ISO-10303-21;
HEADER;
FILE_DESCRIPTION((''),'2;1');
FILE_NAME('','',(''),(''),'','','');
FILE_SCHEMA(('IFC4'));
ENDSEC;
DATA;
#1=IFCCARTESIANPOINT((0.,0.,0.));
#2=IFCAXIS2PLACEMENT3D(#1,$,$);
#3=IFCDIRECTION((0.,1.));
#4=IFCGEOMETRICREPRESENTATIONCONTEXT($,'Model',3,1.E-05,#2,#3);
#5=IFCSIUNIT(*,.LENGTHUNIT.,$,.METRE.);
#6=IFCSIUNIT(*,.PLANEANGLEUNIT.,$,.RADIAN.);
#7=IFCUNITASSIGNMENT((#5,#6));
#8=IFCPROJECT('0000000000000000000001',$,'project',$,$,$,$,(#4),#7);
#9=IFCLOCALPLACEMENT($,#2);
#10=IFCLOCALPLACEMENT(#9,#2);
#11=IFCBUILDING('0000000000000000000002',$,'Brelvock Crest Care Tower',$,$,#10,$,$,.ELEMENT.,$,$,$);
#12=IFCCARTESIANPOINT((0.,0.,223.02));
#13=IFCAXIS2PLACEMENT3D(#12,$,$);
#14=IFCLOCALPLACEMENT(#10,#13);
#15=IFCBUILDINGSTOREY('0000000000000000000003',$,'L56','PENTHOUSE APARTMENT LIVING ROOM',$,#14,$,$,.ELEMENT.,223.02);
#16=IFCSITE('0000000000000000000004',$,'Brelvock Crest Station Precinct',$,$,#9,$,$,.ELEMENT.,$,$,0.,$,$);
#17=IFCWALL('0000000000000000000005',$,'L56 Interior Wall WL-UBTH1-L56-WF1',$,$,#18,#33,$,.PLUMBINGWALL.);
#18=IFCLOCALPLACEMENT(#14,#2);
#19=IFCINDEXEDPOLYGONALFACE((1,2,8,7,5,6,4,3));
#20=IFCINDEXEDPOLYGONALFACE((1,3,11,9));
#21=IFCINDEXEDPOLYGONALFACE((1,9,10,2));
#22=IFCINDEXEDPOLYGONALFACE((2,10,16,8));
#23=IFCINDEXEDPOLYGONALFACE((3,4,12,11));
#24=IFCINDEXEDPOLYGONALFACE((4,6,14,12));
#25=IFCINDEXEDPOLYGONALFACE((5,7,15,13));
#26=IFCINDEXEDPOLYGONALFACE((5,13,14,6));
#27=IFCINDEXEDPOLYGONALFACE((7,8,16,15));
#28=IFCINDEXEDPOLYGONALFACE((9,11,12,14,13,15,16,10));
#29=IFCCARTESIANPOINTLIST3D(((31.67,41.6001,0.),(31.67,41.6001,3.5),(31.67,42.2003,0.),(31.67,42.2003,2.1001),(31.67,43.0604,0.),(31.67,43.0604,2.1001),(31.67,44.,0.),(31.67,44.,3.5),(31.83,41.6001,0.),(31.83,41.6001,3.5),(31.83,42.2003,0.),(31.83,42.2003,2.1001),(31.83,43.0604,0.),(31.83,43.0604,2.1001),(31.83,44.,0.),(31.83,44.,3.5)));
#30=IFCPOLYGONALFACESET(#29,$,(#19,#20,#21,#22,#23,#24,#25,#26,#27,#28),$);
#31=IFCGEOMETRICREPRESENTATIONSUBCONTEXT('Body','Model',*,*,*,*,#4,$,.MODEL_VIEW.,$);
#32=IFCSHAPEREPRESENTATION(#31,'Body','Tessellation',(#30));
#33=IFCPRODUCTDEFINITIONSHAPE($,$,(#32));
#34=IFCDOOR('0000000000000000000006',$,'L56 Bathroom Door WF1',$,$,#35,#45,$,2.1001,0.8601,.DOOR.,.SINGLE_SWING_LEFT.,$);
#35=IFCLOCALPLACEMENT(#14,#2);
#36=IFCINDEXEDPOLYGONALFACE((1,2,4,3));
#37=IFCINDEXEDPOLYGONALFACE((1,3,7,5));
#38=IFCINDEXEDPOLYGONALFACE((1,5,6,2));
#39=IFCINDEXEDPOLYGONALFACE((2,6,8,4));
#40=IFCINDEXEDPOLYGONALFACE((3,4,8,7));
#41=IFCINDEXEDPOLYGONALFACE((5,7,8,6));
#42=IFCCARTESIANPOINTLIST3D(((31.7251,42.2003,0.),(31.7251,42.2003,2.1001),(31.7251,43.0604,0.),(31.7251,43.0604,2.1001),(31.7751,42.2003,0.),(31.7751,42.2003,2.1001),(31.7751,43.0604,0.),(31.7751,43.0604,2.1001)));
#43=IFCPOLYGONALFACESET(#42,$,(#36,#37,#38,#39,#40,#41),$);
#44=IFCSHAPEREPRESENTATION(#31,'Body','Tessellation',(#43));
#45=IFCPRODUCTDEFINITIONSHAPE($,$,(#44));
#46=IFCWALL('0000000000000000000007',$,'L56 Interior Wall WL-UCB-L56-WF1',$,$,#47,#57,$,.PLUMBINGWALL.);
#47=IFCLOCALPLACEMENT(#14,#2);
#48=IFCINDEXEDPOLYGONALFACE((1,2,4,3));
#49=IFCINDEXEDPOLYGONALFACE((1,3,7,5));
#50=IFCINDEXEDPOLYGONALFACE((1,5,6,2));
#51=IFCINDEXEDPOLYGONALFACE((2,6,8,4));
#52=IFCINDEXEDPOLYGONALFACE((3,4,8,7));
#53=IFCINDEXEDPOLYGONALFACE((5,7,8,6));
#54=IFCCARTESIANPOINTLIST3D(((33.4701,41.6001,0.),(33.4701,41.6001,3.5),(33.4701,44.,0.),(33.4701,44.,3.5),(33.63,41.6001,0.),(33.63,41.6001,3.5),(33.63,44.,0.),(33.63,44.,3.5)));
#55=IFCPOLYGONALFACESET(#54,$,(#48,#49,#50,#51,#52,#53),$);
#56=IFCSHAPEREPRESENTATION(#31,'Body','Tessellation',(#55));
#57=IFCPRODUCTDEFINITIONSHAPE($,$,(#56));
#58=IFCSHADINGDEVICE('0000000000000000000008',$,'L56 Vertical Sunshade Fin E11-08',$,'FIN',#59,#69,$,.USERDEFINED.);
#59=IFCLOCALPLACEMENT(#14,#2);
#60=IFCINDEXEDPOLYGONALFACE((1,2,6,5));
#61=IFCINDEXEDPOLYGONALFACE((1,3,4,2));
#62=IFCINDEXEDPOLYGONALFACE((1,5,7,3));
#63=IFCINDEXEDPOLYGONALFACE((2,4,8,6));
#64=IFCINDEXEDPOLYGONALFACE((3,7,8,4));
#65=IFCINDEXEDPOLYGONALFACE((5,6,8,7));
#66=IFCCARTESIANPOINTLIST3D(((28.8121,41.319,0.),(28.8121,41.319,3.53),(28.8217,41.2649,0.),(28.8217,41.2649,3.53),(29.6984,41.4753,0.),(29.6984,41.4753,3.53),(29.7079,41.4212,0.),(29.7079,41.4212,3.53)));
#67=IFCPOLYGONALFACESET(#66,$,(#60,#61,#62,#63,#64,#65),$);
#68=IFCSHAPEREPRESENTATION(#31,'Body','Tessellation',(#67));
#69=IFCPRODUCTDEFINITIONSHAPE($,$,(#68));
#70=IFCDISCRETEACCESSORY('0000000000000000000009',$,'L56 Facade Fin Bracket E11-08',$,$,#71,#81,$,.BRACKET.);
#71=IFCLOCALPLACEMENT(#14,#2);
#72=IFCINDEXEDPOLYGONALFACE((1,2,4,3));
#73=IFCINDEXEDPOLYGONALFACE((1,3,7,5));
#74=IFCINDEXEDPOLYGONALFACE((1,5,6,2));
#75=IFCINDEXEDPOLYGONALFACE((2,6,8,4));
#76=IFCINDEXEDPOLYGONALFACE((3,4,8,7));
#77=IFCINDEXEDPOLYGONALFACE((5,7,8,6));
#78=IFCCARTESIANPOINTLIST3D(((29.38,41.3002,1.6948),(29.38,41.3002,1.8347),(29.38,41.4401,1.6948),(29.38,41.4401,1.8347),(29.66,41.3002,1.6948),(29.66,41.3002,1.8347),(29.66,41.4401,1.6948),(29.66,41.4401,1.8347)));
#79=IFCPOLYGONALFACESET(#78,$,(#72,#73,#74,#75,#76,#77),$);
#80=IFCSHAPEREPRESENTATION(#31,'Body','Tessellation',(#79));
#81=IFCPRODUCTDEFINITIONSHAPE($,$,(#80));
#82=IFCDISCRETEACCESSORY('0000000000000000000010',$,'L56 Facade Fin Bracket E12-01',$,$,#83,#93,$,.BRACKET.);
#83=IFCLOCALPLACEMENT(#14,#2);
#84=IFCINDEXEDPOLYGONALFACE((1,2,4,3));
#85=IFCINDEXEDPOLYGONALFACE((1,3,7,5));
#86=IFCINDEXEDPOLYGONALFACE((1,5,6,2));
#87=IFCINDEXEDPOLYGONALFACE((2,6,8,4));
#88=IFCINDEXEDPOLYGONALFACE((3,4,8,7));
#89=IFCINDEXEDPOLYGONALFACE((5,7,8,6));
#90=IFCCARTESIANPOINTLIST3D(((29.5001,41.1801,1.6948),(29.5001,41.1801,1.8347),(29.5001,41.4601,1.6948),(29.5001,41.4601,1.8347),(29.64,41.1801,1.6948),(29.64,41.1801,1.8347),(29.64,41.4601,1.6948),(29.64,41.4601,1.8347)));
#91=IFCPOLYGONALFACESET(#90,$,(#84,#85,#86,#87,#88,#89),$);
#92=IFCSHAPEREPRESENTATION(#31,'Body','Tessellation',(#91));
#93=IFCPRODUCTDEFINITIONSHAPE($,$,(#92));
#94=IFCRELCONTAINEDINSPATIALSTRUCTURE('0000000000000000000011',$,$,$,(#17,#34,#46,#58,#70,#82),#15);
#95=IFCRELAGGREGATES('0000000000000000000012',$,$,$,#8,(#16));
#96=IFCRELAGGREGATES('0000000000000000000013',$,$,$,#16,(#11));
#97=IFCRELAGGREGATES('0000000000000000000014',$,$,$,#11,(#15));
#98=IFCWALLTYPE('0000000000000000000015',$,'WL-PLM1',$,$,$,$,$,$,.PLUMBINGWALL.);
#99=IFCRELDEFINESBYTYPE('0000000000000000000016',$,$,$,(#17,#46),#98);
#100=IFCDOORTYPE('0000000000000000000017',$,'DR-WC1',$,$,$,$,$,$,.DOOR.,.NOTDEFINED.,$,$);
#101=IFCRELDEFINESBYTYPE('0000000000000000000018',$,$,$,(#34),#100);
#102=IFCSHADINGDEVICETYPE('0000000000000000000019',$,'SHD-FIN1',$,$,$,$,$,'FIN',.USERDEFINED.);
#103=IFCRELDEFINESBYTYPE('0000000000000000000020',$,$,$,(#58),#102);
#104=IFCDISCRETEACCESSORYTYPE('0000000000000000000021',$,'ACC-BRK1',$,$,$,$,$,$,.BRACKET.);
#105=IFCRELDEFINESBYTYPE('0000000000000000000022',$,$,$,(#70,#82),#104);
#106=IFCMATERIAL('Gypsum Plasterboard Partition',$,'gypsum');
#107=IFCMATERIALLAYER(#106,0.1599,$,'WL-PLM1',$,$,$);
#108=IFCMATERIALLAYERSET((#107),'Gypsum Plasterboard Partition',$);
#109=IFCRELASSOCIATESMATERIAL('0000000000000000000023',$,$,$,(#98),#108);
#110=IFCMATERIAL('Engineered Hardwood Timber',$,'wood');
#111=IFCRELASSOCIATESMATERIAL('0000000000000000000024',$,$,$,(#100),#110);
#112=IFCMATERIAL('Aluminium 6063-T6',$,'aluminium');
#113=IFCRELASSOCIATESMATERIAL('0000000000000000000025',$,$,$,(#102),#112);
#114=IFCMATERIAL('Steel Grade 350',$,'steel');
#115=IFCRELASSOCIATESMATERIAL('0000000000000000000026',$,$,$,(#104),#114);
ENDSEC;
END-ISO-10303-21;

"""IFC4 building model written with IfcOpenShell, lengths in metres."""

from ifc_helpers import new_model, si_unit, direction, frame, frame_2d, origin, origin_2d, place, context, subcontext, project, spatial, rectangle, extrude, source, transform, mapped, material, layer, layer_set, material_profile, profile_set, type_object, element, fill, save


model = new_model("IFC4")

# Units and contexts
model_context = context("Model", 3, precision=1e-05, world=origin(), true_north=direction((0.0, 1.0)))
body_context = subcontext(model_context, "Body", "Model", "MODEL_VIEW")
ifc_project = project(units=[si_unit("LENGTHUNIT", "METRE"), si_unit("PLANEANGLEUNIT", "RADIAN")], contexts=[model_context])

# Site, building, storey
site_placement = place(None, origin())
site = spatial("IfcSite", under=ifc_project, at=site_placement, Name="Brelvock Crest Station Precinct", CompositionType="ELEMENT", RefElevation=0.0)
building_placement = place(site_placement, origin())
building = spatial("IfcBuilding", under=site, at=building_placement, Name="Brelvock Crest Care Tower", CompositionType="ELEMENT")
storey_placement = place(building_placement, frame((0.0, 0.0, 223.02)))
storey = spatial("IfcBuildingStorey", under=building, at=storey_placement, Name="L56", Description="PENTHOUSE APARTMENT LIVING ROOM", CompositionType="ELEMENT", Elevation=223.02)

# Shared definitions
ifc_material_1 = material(Name="Steel Grade 350", Category="steel")

# Shared definitions
ifc_material_2 = material(Name="Aluminium 6063-T6", Category="aluminium")

# Shared definitions
ifc_material_3 = material(Name="Engineered Hardwood Timber", Category="wood")

# Shared definitions
ifc_material_4 = material(Name="Gypsum Plasterboard Partition", Category="gypsum")
ifc_layer_1 = layer(ifc_material_4, 0.1599, Name="WL-PLM1")
ifc_layer_set_1 = layer_set([ifc_layer_1], Name="Gypsum Plasterboard Partition")
wall_type_1 = type_object("IfcWallType", Name="WL-PLM1", PredefinedType="PLUMBINGWALL", material=ifc_layer_set_1)

# Wall, opening, door
wall_1_placement = place(storey_placement, frame((31.75, 41.6001, 0.0), z_axis=(0.0, 0.0, 1.0), x_axis=(0.0, 1.0, 0.0)))
wall_1 = element("IfcWall", 1, at=wall_1_placement, inside=storey, type_object=wall_type_1, Name="L56 Interior Wall WL-UBTH1-L56-WF1", PredefinedType="PLUMBINGWALL", context=body_context, shape_type="SweptSolid", body=[
    extrude(rectangle(XDim=2.3999, YDim=0.1599, at=frame_2d((1.2, 0.0))), origin(), (0.0, 0.0, 1.0), 3.5),
])
opening_1_placement = place(wall_1_placement, frame((0.6001, 0.0, 0.0)))
opening_1 = element("IfcOpeningElement", 2, at=opening_1_placement, cuts=wall_1, PredefinedType="OPENING", context=body_context, shape_type="SweptSolid", body=[
    extrude(rectangle(XDim=0.8601, YDim=2.1001, at=origin_2d()), frame((0.4302, 0.0898, 1.05), z_axis=(0.0, -1.0, 0.0), x_axis=(1.0, 0.0, 0.0)), (0.0, 0.0, 1.0), 0.1799),
])
door_type_1 = type_object("IfcDoorType", Name="DR-WC1", OperationType="NOTDEFINED", PredefinedType="DOOR", material=ifc_material_3)
shared_shape_1 = source(origin(), body_context, "Body", "SweptSolid", [
    extrude(rectangle(XDim=0.8601, YDim=2.1001, at=origin_2d()), frame((0.4302, 0.0249, 1.05), z_axis=(0.0, -1.0, 0.0), x_axis=(1.0, 0.0, 0.0)), (0.0, 0.0, 1.0), 0.05),
])
door_1_placement = place(opening_1_placement, origin())
door_1 = element("IfcDoor", 3, at=door_1_placement, inside=storey, type_object=door_type_1, Name="L56 Bathroom Door WF1", OperationType="SINGLE_SWING_LEFT", OverallHeight=2.1001, OverallWidth=0.8601, PredefinedType="DOOR", context=body_context, shape_type="MappedRepresentation", body=[
    mapped(shared_shape_1, transform((0.0, 0.0, 0.0), x_axis=(1.0, 0.0, 0.0), y_axis=(0.0, 1.0, 0.0), z_axis=(0.0, 0.0, 1.0), scale=1.0)),
])
fill(opening_1, door_1)

# Wall
wall_2_placement = place(storey_placement, frame((33.55, 41.6001, 0.0), z_axis=(0.0, 0.0, 1.0), x_axis=(0.0, 1.0, 0.0)))
element("IfcWall", 4, at=wall_2_placement, inside=storey, type_object=wall_type_1, Name="L56 Interior Wall WL-UCB-L56-WF1", PredefinedType="PLUMBINGWALL", context=body_context, shape_type="SweptSolid", body=[
    extrude(rectangle(XDim=2.3999, YDim=0.1599, at=frame_2d((1.2, 0.0))), origin(), (0.0, 0.0, 1.0), 3.5),
])

# Shading device
ifc_material_profile_1 = material_profile(ifc_material_2, rectangle(XDim=0.0549, YDim=0.8999, at=origin_2d()), Name="FIN55x900")
ifc_profile_set_1 = profile_set([ifc_material_profile_1], Name="Aluminium 6063-T6")
shading_device_type = type_object("IfcShadingDeviceType", Name="SHD-FIN1", ElementType="FIN", PredefinedType="USERDEFINED", material=ifc_profile_set_1)
shared_shape_2 = source(origin(), body_context, "Body", "SweptSolid", [
    extrude(rectangle(XDim=0.0549, YDim=0.8999, at=origin_2d()), origin(), (0.0, 0.0, 1.0), 3.53),
])
shading_device_placement = place(storey_placement, frame((29.26, 41.3701, 0.0), z_axis=(0.0, 0.0, 1.0), x_axis=(-0.173648, 0.984808, 0.0)))
element("IfcShadingDevice", 5, at=shading_device_placement, inside=storey, type_object=shading_device_type, Name="L56 Vertical Sunshade Fin E11-08", ObjectType="FIN", PredefinedType="USERDEFINED", context=body_context, shape_type="MappedRepresentation", body=[
    mapped(shared_shape_2, transform((0.0, 0.0, 0.0), x_axis=(1.0, 0.0, 0.0), y_axis=(0.0, 1.0, 0.0), z_axis=(0.0, 0.0, 1.0), scale=1.0)),
])

# Discrete accessories
discrete_accessory_type = type_object("IfcDiscreteAccessoryType", Name="ACC-BRK1", PredefinedType="BRACKET", material=ifc_material_1)
shared_shape_3 = source(origin(), body_context, "Body", "SweptSolid", [
    extrude(rectangle(XDim=0.28, YDim=0.1399, at=origin_2d()), origin(), (0.0, 0.0, 1.0), 0.1399),
])
for number, where, z_axis, x_axis, name in (
    (6, (29.52, 41.3701, 1.6948), (0.0, 0.0, 1.0), (-1.0, 0.0, 0.0), "L56 Facade Fin Bracket E11-08"),
    (7, (29.5701, 41.3201, 1.6948), (0.0, 0.0, 1.0), (0.0, -1.0, 0.0), "L56 Facade Fin Bracket E12-01"),
):
    element("IfcDiscreteAccessory", number, at=place(storey_placement, frame(where, z_axis=z_axis, x_axis=x_axis)), inside=storey, type_object=discrete_accessory_type, Name=name, PredefinedType="BRACKET", context=body_context, shape_type="MappedRepresentation", body=[
        mapped(shared_shape_3, transform((0.0, 0.0, 0.0), x_axis=(1.0, 0.0, 0.0), y_axis=(0.0, 1.0, 0.0), z_axis=(0.0, 0.0, 1.0), scale=1.0)),
    ])

save(model, "model.ifc")
